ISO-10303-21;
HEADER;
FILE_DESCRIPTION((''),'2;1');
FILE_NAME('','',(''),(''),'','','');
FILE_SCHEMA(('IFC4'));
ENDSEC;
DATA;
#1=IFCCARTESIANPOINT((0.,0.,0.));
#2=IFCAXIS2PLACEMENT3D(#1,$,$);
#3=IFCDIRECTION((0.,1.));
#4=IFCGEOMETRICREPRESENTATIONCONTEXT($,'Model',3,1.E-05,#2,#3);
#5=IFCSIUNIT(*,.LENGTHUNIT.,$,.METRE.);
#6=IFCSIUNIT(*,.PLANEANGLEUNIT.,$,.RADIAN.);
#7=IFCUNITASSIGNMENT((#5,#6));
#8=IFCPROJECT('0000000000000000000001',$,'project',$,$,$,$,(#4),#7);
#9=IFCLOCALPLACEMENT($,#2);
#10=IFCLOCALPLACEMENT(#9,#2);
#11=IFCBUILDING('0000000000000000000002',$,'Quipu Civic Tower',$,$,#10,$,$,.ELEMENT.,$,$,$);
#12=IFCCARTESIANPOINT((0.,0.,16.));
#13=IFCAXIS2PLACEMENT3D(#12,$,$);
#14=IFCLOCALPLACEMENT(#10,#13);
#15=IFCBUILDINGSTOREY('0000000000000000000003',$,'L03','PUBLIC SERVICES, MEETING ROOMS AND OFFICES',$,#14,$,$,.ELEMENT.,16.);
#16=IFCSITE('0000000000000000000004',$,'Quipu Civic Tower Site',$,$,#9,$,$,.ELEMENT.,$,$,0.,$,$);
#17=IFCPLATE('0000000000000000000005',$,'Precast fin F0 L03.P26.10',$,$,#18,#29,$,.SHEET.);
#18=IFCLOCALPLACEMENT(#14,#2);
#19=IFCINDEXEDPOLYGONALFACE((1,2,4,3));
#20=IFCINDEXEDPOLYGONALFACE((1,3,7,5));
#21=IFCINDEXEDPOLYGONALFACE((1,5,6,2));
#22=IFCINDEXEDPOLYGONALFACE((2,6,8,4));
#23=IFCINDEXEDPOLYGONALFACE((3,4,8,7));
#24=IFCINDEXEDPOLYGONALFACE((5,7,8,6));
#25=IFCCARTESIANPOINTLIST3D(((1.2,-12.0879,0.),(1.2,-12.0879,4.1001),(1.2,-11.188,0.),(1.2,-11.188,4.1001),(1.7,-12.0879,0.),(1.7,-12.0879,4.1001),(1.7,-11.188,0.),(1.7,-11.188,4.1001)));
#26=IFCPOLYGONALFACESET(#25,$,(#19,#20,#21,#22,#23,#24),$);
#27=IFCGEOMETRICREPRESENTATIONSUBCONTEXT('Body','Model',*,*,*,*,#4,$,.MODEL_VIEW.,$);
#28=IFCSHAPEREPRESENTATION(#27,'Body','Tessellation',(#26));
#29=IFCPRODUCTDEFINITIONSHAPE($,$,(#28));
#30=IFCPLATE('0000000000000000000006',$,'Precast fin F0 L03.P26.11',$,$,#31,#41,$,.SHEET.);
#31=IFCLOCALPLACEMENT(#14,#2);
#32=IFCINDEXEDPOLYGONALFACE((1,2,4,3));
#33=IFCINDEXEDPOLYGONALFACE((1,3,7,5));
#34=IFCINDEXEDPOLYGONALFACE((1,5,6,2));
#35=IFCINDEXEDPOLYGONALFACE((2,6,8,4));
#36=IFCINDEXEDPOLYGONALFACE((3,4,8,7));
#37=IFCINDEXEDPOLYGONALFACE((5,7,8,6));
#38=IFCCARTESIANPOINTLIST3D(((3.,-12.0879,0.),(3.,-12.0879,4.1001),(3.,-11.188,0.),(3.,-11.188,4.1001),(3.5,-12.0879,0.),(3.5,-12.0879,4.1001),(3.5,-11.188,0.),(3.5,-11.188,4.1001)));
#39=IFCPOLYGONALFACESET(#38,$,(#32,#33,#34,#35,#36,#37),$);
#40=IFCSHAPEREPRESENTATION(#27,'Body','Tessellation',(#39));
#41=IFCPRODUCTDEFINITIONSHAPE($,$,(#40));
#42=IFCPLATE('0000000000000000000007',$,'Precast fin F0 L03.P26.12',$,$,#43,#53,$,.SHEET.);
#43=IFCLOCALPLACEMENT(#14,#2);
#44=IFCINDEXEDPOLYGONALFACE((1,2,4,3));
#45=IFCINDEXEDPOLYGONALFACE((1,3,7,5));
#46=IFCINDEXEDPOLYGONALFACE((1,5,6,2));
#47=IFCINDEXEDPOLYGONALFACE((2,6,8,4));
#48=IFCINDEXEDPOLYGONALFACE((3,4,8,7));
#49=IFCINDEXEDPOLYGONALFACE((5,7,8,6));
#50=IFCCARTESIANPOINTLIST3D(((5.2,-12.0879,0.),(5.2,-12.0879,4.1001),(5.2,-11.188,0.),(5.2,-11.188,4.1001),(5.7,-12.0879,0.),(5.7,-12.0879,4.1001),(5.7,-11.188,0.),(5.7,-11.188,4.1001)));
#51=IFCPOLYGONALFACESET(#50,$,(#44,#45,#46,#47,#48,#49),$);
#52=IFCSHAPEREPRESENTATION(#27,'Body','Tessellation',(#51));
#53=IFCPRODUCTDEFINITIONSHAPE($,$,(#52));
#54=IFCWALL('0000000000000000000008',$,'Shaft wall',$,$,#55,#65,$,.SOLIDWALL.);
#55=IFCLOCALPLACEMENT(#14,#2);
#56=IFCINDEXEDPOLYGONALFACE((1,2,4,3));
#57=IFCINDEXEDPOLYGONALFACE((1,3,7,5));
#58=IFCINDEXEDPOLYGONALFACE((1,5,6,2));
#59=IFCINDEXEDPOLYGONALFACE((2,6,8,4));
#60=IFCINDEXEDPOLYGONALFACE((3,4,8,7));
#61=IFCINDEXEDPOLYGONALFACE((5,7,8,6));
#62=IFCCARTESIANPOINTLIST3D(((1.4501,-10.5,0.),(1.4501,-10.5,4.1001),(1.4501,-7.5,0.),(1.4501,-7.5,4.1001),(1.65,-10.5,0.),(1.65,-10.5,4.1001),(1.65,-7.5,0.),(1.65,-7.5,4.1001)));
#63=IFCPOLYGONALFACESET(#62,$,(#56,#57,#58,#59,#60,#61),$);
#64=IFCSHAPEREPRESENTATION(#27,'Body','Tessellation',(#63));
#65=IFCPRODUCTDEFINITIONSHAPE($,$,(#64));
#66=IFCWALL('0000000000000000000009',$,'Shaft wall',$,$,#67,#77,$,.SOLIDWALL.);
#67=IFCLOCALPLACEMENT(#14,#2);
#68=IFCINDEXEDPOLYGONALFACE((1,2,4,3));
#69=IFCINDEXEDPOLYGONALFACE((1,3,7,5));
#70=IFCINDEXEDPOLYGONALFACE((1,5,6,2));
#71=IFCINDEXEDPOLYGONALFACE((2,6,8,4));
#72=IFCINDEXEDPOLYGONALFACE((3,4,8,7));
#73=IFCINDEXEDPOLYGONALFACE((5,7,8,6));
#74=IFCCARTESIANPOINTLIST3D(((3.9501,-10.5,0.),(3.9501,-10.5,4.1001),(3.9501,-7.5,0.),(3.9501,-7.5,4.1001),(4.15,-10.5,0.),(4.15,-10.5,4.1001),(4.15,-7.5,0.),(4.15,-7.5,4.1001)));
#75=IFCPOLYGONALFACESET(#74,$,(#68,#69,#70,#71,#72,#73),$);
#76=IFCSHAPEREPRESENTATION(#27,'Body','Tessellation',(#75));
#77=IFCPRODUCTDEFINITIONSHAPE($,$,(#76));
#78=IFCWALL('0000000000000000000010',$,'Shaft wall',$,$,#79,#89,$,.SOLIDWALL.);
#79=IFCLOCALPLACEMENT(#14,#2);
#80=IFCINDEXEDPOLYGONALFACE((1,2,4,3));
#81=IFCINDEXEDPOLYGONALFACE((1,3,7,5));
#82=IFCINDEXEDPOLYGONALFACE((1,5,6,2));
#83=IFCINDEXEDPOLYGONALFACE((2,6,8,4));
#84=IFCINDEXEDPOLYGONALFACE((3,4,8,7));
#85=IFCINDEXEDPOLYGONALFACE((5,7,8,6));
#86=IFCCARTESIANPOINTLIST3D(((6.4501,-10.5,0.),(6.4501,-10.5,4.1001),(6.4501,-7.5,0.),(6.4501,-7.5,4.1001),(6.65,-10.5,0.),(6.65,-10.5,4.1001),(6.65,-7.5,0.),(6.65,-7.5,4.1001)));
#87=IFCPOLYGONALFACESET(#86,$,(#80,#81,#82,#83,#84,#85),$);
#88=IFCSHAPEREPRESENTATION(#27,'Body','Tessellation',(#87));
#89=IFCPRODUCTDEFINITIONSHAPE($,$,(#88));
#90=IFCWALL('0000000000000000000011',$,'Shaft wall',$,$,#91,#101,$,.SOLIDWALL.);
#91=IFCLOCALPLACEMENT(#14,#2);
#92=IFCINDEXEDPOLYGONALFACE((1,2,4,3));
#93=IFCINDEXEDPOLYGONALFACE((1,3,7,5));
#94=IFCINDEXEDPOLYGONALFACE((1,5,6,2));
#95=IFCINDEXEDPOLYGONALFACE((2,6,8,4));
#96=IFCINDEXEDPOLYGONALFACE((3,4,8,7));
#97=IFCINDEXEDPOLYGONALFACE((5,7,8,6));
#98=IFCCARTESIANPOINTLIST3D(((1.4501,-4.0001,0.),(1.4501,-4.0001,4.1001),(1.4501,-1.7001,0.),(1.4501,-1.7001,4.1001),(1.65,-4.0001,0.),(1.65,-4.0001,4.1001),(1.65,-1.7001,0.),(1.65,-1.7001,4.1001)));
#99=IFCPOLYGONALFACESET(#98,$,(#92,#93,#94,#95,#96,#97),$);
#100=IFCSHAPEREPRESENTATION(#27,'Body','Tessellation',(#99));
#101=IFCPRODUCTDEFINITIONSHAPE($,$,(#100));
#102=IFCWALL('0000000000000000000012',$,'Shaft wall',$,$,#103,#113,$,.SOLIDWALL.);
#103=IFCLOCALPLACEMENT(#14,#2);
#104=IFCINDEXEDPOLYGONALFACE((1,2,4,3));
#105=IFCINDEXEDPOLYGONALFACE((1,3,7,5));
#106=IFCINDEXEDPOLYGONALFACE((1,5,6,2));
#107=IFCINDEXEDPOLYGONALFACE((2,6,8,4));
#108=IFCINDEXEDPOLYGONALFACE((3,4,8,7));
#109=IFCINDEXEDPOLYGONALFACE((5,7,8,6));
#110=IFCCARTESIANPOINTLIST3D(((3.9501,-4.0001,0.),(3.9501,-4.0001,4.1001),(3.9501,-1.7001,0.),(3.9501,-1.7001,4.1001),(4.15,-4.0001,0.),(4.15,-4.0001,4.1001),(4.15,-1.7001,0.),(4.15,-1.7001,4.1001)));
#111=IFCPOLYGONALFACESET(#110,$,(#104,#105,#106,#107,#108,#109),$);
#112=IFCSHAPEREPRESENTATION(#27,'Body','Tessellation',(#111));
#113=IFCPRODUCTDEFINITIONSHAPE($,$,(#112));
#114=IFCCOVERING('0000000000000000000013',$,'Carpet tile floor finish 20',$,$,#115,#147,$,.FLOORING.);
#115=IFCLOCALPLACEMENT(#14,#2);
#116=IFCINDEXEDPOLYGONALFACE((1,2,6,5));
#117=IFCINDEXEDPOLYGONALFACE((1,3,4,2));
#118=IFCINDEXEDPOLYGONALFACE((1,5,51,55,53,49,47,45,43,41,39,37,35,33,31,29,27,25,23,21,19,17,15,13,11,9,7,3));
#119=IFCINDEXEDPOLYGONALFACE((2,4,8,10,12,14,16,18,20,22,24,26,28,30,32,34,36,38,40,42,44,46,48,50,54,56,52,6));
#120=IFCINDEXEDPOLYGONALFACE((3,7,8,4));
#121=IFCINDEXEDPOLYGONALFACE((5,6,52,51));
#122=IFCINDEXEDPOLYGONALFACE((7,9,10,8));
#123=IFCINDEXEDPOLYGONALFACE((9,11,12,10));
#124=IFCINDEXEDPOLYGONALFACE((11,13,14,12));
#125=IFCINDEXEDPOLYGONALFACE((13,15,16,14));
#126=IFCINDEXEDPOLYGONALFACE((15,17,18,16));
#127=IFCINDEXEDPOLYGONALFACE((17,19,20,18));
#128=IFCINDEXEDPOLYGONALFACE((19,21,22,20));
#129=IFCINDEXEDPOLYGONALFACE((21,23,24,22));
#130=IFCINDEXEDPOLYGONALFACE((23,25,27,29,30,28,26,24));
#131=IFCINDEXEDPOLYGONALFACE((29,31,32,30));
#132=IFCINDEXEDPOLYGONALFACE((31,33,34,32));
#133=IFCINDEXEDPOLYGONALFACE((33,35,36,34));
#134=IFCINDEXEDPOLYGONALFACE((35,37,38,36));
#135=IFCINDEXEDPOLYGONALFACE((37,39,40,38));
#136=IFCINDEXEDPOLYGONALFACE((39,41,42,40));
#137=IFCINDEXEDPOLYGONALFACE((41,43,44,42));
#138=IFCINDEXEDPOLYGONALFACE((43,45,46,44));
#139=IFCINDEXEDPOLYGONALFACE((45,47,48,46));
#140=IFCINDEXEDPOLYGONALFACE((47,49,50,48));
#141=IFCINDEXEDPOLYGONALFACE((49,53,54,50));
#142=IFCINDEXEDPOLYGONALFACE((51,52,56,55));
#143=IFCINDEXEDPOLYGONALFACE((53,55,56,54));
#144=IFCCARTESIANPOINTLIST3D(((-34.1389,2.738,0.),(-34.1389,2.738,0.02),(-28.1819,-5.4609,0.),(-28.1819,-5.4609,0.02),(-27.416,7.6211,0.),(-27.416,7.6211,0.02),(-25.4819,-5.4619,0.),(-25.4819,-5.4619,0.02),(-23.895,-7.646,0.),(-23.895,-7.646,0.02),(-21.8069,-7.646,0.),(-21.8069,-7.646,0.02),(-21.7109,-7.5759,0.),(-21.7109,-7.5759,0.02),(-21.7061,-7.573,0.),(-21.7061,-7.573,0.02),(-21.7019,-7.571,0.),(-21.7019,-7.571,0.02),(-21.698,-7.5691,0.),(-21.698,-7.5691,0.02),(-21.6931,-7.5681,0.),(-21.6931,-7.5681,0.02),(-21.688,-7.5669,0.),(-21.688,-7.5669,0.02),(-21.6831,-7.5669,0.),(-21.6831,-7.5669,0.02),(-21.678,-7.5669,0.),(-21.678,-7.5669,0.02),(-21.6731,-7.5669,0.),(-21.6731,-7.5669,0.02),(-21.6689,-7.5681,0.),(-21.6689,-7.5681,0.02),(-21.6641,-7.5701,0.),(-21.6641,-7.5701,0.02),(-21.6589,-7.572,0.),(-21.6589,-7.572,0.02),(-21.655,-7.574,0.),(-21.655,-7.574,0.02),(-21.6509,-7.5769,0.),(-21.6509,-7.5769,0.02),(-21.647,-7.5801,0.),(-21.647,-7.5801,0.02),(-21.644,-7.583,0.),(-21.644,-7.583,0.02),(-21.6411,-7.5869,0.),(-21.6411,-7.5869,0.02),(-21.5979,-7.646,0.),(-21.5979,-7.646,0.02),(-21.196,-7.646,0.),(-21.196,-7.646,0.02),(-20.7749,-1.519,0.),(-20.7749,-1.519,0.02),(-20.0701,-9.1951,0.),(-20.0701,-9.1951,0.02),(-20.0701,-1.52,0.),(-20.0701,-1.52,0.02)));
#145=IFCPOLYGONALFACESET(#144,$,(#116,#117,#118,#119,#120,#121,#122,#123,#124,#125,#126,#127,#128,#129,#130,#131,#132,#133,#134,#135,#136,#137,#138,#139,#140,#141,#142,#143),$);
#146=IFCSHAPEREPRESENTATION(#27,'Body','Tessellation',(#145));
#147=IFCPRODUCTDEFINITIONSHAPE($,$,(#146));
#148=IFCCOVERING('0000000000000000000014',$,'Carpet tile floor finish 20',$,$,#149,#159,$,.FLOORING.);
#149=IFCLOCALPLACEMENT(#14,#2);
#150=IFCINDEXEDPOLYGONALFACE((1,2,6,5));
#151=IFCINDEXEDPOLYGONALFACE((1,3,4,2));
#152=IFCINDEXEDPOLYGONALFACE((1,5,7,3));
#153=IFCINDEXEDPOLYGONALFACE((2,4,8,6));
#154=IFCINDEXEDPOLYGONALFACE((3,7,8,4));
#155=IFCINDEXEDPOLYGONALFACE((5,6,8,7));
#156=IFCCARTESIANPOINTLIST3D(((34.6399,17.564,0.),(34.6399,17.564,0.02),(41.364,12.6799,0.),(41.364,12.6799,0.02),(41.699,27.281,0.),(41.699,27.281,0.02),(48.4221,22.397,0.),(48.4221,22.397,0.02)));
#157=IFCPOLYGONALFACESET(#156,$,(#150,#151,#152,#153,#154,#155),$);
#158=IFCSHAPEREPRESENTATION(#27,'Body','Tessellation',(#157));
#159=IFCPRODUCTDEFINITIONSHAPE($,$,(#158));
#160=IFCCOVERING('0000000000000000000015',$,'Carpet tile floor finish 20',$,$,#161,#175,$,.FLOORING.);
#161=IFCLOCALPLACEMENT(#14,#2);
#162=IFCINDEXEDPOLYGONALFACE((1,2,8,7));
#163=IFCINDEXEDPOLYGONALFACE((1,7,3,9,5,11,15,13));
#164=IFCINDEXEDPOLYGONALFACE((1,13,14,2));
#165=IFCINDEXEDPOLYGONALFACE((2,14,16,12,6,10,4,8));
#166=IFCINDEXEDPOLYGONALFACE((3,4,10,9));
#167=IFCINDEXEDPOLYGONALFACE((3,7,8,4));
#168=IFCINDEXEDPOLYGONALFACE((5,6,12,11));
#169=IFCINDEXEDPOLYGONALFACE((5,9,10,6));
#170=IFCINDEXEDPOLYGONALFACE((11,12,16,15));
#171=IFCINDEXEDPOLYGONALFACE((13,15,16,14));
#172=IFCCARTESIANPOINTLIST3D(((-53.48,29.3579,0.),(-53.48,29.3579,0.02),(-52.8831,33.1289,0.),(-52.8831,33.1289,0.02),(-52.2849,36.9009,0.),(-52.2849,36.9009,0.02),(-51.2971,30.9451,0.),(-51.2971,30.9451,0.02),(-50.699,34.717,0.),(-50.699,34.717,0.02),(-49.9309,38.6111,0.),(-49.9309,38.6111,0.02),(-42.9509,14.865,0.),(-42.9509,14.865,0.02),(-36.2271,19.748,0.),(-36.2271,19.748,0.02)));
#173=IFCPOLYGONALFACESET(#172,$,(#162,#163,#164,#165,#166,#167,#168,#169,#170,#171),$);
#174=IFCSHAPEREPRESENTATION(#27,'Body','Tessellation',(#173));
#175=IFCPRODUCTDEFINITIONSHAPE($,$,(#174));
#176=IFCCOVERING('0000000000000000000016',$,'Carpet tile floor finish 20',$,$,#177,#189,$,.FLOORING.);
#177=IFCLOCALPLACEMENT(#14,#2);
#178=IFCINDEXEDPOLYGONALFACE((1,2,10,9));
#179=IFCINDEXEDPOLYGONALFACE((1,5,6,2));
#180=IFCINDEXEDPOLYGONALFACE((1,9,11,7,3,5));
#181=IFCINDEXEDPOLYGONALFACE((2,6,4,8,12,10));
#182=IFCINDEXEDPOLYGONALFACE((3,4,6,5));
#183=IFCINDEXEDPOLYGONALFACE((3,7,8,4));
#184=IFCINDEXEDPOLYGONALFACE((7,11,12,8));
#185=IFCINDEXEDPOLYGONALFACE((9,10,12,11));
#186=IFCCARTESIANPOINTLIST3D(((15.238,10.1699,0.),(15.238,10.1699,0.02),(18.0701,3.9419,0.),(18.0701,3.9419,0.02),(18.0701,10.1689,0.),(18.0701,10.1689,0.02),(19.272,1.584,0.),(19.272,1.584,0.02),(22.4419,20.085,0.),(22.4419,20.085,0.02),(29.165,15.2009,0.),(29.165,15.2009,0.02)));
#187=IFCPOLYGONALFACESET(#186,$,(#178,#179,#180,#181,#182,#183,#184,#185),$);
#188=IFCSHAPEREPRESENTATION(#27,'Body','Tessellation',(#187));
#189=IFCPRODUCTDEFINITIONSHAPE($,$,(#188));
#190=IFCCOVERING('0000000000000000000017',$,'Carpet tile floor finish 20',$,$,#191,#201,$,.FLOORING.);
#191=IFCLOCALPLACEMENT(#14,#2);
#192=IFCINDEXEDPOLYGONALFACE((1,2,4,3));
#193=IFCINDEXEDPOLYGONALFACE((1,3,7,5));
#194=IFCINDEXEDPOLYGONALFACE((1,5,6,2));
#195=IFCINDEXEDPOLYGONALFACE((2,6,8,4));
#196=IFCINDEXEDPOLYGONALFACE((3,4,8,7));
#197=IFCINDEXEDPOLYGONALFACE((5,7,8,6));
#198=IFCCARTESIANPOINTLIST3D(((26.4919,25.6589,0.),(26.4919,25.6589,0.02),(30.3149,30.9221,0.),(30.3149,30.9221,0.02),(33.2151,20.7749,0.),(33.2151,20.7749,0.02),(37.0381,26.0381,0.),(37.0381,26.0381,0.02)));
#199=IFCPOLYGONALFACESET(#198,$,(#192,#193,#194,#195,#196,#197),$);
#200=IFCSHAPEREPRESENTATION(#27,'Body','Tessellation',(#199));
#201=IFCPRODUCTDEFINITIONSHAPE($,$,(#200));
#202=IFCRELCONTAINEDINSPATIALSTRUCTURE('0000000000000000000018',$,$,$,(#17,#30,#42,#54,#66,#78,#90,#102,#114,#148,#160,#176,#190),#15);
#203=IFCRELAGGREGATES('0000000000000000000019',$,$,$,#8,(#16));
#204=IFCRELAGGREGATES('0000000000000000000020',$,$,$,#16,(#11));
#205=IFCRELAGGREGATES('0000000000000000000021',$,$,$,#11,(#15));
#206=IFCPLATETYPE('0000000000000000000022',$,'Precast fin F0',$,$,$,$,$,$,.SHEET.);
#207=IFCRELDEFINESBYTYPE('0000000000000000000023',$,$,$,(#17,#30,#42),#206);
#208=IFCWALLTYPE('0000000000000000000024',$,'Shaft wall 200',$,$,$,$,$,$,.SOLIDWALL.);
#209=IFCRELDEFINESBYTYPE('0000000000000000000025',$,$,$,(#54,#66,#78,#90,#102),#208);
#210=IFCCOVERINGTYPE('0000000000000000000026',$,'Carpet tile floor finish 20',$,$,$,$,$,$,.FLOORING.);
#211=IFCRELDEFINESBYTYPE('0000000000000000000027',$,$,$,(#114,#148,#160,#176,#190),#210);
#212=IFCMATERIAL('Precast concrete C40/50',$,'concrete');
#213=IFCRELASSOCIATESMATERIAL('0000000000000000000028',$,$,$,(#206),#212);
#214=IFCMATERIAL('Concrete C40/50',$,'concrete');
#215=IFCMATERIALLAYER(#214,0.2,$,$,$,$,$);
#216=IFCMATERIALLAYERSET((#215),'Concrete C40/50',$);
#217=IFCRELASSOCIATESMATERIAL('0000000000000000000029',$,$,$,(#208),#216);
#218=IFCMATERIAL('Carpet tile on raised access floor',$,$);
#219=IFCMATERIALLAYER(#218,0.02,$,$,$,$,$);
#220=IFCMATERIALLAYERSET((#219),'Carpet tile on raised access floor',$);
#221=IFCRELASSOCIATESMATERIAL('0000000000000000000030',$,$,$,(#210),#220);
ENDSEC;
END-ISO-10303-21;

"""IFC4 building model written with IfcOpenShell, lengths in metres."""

from ifc_helpers import new_model, si_unit, direction, frame, frame_2d, origin, origin_2d, place, context, subcontext, project, spatial, polyline, rectangle, outline, extrude, material, layer, layer_set, type_object, element, save


model = new_model("IFC4")

# Units and contexts
model_context = context("Model", 3, precision=1e-05, world=origin(), true_north=direction((0.0, 1.0)))
body_context = subcontext(model_context, "Body", "Model", "MODEL_VIEW")
ifc_project = project(units=[si_unit("LENGTHUNIT", "METRE"), si_unit("PLANEANGLEUNIT", "RADIAN")], contexts=[model_context])

# Site, building, storey
site_placement = place(None, origin())
site = spatial("IfcSite", under=ifc_project, at=site_placement, Name="Quipu Civic Tower Site", CompositionType="ELEMENT", RefElevation=0.0)
building_placement = place(site_placement, origin())
building = spatial("IfcBuilding", under=site, at=building_placement, Name="Quipu Civic Tower", CompositionType="ELEMENT")
storey_placement = place(building_placement, frame((0.0, 0.0, 16.0)))
storey = spatial("IfcBuildingStorey", under=building, at=storey_placement, Name="L03", Description="PUBLIC SERVICES, MEETING ROOMS AND OFFICES", CompositionType="ELEMENT", Elevation=16.0)

# Plates
ifc_material_1 = material(Name="Precast concrete C40/50", Category="concrete")
plate_type = type_object("IfcPlateType", Name="Precast fin F0", PredefinedType="SHEET", material=ifc_material_1)
for number, where, z_axis, x_axis, name in (
    (1, (1.45, -11.6379, 0.0), (0.0, 0.0, 1.0), (1.0, 0.0, 0.0), "Precast fin F0 L03.P26.10"),
    (2, (3.25, -11.6379, 0.0), (0.0, 0.0, 1.0), (1.0, 0.0, 0.0), "Precast fin F0 L03.P26.11"),
    (3, (5.45, -11.6379, 0.0), (0.0, 0.0, 1.0), (1.0, 0.0, 0.0), "Precast fin F0 L03.P26.12"),
):
    element("IfcPlate", number, at=place(storey_placement, frame(where, z_axis=z_axis, x_axis=x_axis)), inside=storey, type_object=plate_type, Name=name, PredefinedType="SHEET", context=body_context, shape_type="SweptSolid", body=[
        extrude(rectangle(XDim=0.5, YDim=0.8999, at=origin_2d()), origin(), (0.0, 0.0, 1.0), 4.1001),
    ])

# Walls
ifc_material_2 = material(Name="Concrete C40/50", Category="concrete")
ifc_layer_1 = layer(ifc_material_2, 0.2)
ifc_layer_set_1 = layer_set([ifc_layer_1], Name="Concrete C40/50")
wall_type = type_object("IfcWallType", Name="Shaft wall 200", PredefinedType="SOLIDWALL", material=ifc_layer_set_1)
for number, where, z_axis, x_axis, name in (
    (4, (1.55, -10.5, 0.0), (0.0, 0.0, 1.0), (0.0, 1.0, 0.0), "Shaft wall"),
    (5, (4.05, -10.5, 0.0), (0.0, 0.0, 1.0), (0.0, 1.0, 0.0), "Shaft wall"),
    (6, (6.55, -10.5, 0.0), (0.0, 0.0, 1.0), (0.0, 1.0, 0.0), "Shaft wall"),
):
    element("IfcWall", number, at=place(storey_placement, frame(where, z_axis=z_axis, x_axis=x_axis)), inside=storey, type_object=wall_type, Name=name, PredefinedType="SOLIDWALL", context=body_context, shape_type="SweptSolid", body=[
        extrude(rectangle(XDim=3.0, YDim=0.2, at=frame_2d((1.5, 0.0))), origin(), (0.0, 0.0, 1.0), 4.1001),
    ])
for number, where, z_axis, x_axis, name in (
    (7, (1.55, -4.0, 0.0), (0.0, 0.0, 1.0), (0.0, 1.0, 0.0), "Shaft wall"),
    (8, (4.05, -4.0, 0.0), (0.0, 0.0, 1.0), (0.0, 1.0, 0.0), "Shaft wall"),
):
    element("IfcWall", number, at=place(storey_placement, frame(where, z_axis=z_axis, x_axis=x_axis)), inside=storey, type_object=wall_type, Name=name, PredefinedType="SOLIDWALL", context=body_context, shape_type="SweptSolid", body=[
        extrude(rectangle(XDim=2.3, YDim=0.2, at=frame_2d((1.1499, 0.0))), origin(), (0.0, 0.0, 1.0), 4.1001),
    ])

# Coverings
ifc_material_3 = material(Name="Carpet tile on raised access floor")
ifc_layer_2 = layer(ifc_material_3, 0.02)
ifc_layer_set_2 = layer_set([ifc_layer_2], Name="Carpet tile on raised access floor")
covering_type_1 = type_object("IfcCoveringType", Name="Carpet tile floor finish 20", PredefinedType="FLOORING", material=ifc_layer_set_2)
covering_1_placement = place(storey_placement, origin())
element("IfcCovering", 9, at=covering_1_placement, inside=storey, type_object=covering_type_1, Name="Carpet tile floor finish 20", PredefinedType="FLOORING", context=body_context, shape_type="SweptSolid", body=[
    extrude(outline(polyline([(-34.1389, 2.738), (-27.416, 7.6211), (-20.7749, -1.519), (-20.0701, -1.52), (-20.0701, -9.1951), (-21.196, -7.646), (-21.5979, -7.646), (-21.6411, -7.5869), (-21.644, -7.583), (-21.647, -7.5801), (-21.6509, -7.5769), (-21.655, -7.574), (-21.6589, -7.572), (-21.6641, -7.5701), (-21.6689, -7.5681), (-21.6731, -7.5669), (-21.678, -7.5669), (-21.6831, -7.5669), (-21.688, -7.5669), (-21.6931, -7.5681), (-21.698, -7.5691), (-21.7019, -7.571), (-21.7061, -7.573), (-21.7109, -7.5759), (-21.8069, -7.646), (-23.895, -7.646), (-25.4819, -5.4619), (-28.1819, -5.4609), (-34.1389, 2.738)])), origin(), (0.0, 0.0, 1.0), 0.02),
])
covering_2_placement = place(storey_placement, origin())
element("IfcCovering", 10, at=covering_2_placement, inside=storey, type_object=covering_type_1, Name="Carpet tile floor finish 20", PredefinedType="FLOORING", context=body_context, shape_type="SweptSolid", body=[
    extrude(outline(polyline([(34.6399, 17.564), (41.699, 27.281), (48.4221, 22.397), (41.364, 12.6799), (34.6399, 17.564)])), origin(), (0.0, 0.0, 1.0), 0.02),
])
covering_3_placement = place(storey_placement, origin())
element("IfcCovering", 11, at=covering_3_placement, inside=storey, type_object=covering_type_1, Name="Carpet tile floor finish 20", PredefinedType="FLOORING", context=body_context, shape_type="SweptSolid", body=[
    extrude(outline(polyline([(-53.48, 29.3579), (-51.2971, 30.9451), (-52.8831, 33.1289), (-50.699, 34.717), (-52.2849, 36.9009), (-49.9309, 38.6111), (-36.2271, 19.748), (-42.9509, 14.865), (-53.48, 29.3579)])), origin(), (0.0, 0.0, 1.0), 0.02),
])
covering_4_placement = place(storey_placement, origin())
element("IfcCovering", 12, at=covering_4_placement, inside=storey, type_object=covering_type_1, Name="Carpet tile floor finish 20", PredefinedType="FLOORING", context=body_context, shape_type="SweptSolid", body=[
    extrude(outline(polyline([(15.238, 10.1699), (22.4419, 20.085), (29.165, 15.2009), (19.272, 1.584), (18.0701, 3.9419), (18.0701, 10.1689), (15.238, 10.1699)])), origin(), (0.0, 0.0, 1.0), 0.02),
])
covering_5_placement = place(storey_placement, origin())
element("IfcCovering", 13, at=covering_5_placement, inside=storey, type_object=covering_type_1, Name="Carpet tile floor finish 20", PredefinedType="FLOORING", context=body_context, shape_type="SweptSolid", body=[
    extrude(outline(polyline([(26.4919, 25.6589), (30.3149, 30.9221), (37.0381, 26.0381), (33.2151, 20.7749), (26.4919, 25.6589)])), origin(), (0.0, 0.0, 1.0), 0.02),
])

save(model, "model.ifc")
